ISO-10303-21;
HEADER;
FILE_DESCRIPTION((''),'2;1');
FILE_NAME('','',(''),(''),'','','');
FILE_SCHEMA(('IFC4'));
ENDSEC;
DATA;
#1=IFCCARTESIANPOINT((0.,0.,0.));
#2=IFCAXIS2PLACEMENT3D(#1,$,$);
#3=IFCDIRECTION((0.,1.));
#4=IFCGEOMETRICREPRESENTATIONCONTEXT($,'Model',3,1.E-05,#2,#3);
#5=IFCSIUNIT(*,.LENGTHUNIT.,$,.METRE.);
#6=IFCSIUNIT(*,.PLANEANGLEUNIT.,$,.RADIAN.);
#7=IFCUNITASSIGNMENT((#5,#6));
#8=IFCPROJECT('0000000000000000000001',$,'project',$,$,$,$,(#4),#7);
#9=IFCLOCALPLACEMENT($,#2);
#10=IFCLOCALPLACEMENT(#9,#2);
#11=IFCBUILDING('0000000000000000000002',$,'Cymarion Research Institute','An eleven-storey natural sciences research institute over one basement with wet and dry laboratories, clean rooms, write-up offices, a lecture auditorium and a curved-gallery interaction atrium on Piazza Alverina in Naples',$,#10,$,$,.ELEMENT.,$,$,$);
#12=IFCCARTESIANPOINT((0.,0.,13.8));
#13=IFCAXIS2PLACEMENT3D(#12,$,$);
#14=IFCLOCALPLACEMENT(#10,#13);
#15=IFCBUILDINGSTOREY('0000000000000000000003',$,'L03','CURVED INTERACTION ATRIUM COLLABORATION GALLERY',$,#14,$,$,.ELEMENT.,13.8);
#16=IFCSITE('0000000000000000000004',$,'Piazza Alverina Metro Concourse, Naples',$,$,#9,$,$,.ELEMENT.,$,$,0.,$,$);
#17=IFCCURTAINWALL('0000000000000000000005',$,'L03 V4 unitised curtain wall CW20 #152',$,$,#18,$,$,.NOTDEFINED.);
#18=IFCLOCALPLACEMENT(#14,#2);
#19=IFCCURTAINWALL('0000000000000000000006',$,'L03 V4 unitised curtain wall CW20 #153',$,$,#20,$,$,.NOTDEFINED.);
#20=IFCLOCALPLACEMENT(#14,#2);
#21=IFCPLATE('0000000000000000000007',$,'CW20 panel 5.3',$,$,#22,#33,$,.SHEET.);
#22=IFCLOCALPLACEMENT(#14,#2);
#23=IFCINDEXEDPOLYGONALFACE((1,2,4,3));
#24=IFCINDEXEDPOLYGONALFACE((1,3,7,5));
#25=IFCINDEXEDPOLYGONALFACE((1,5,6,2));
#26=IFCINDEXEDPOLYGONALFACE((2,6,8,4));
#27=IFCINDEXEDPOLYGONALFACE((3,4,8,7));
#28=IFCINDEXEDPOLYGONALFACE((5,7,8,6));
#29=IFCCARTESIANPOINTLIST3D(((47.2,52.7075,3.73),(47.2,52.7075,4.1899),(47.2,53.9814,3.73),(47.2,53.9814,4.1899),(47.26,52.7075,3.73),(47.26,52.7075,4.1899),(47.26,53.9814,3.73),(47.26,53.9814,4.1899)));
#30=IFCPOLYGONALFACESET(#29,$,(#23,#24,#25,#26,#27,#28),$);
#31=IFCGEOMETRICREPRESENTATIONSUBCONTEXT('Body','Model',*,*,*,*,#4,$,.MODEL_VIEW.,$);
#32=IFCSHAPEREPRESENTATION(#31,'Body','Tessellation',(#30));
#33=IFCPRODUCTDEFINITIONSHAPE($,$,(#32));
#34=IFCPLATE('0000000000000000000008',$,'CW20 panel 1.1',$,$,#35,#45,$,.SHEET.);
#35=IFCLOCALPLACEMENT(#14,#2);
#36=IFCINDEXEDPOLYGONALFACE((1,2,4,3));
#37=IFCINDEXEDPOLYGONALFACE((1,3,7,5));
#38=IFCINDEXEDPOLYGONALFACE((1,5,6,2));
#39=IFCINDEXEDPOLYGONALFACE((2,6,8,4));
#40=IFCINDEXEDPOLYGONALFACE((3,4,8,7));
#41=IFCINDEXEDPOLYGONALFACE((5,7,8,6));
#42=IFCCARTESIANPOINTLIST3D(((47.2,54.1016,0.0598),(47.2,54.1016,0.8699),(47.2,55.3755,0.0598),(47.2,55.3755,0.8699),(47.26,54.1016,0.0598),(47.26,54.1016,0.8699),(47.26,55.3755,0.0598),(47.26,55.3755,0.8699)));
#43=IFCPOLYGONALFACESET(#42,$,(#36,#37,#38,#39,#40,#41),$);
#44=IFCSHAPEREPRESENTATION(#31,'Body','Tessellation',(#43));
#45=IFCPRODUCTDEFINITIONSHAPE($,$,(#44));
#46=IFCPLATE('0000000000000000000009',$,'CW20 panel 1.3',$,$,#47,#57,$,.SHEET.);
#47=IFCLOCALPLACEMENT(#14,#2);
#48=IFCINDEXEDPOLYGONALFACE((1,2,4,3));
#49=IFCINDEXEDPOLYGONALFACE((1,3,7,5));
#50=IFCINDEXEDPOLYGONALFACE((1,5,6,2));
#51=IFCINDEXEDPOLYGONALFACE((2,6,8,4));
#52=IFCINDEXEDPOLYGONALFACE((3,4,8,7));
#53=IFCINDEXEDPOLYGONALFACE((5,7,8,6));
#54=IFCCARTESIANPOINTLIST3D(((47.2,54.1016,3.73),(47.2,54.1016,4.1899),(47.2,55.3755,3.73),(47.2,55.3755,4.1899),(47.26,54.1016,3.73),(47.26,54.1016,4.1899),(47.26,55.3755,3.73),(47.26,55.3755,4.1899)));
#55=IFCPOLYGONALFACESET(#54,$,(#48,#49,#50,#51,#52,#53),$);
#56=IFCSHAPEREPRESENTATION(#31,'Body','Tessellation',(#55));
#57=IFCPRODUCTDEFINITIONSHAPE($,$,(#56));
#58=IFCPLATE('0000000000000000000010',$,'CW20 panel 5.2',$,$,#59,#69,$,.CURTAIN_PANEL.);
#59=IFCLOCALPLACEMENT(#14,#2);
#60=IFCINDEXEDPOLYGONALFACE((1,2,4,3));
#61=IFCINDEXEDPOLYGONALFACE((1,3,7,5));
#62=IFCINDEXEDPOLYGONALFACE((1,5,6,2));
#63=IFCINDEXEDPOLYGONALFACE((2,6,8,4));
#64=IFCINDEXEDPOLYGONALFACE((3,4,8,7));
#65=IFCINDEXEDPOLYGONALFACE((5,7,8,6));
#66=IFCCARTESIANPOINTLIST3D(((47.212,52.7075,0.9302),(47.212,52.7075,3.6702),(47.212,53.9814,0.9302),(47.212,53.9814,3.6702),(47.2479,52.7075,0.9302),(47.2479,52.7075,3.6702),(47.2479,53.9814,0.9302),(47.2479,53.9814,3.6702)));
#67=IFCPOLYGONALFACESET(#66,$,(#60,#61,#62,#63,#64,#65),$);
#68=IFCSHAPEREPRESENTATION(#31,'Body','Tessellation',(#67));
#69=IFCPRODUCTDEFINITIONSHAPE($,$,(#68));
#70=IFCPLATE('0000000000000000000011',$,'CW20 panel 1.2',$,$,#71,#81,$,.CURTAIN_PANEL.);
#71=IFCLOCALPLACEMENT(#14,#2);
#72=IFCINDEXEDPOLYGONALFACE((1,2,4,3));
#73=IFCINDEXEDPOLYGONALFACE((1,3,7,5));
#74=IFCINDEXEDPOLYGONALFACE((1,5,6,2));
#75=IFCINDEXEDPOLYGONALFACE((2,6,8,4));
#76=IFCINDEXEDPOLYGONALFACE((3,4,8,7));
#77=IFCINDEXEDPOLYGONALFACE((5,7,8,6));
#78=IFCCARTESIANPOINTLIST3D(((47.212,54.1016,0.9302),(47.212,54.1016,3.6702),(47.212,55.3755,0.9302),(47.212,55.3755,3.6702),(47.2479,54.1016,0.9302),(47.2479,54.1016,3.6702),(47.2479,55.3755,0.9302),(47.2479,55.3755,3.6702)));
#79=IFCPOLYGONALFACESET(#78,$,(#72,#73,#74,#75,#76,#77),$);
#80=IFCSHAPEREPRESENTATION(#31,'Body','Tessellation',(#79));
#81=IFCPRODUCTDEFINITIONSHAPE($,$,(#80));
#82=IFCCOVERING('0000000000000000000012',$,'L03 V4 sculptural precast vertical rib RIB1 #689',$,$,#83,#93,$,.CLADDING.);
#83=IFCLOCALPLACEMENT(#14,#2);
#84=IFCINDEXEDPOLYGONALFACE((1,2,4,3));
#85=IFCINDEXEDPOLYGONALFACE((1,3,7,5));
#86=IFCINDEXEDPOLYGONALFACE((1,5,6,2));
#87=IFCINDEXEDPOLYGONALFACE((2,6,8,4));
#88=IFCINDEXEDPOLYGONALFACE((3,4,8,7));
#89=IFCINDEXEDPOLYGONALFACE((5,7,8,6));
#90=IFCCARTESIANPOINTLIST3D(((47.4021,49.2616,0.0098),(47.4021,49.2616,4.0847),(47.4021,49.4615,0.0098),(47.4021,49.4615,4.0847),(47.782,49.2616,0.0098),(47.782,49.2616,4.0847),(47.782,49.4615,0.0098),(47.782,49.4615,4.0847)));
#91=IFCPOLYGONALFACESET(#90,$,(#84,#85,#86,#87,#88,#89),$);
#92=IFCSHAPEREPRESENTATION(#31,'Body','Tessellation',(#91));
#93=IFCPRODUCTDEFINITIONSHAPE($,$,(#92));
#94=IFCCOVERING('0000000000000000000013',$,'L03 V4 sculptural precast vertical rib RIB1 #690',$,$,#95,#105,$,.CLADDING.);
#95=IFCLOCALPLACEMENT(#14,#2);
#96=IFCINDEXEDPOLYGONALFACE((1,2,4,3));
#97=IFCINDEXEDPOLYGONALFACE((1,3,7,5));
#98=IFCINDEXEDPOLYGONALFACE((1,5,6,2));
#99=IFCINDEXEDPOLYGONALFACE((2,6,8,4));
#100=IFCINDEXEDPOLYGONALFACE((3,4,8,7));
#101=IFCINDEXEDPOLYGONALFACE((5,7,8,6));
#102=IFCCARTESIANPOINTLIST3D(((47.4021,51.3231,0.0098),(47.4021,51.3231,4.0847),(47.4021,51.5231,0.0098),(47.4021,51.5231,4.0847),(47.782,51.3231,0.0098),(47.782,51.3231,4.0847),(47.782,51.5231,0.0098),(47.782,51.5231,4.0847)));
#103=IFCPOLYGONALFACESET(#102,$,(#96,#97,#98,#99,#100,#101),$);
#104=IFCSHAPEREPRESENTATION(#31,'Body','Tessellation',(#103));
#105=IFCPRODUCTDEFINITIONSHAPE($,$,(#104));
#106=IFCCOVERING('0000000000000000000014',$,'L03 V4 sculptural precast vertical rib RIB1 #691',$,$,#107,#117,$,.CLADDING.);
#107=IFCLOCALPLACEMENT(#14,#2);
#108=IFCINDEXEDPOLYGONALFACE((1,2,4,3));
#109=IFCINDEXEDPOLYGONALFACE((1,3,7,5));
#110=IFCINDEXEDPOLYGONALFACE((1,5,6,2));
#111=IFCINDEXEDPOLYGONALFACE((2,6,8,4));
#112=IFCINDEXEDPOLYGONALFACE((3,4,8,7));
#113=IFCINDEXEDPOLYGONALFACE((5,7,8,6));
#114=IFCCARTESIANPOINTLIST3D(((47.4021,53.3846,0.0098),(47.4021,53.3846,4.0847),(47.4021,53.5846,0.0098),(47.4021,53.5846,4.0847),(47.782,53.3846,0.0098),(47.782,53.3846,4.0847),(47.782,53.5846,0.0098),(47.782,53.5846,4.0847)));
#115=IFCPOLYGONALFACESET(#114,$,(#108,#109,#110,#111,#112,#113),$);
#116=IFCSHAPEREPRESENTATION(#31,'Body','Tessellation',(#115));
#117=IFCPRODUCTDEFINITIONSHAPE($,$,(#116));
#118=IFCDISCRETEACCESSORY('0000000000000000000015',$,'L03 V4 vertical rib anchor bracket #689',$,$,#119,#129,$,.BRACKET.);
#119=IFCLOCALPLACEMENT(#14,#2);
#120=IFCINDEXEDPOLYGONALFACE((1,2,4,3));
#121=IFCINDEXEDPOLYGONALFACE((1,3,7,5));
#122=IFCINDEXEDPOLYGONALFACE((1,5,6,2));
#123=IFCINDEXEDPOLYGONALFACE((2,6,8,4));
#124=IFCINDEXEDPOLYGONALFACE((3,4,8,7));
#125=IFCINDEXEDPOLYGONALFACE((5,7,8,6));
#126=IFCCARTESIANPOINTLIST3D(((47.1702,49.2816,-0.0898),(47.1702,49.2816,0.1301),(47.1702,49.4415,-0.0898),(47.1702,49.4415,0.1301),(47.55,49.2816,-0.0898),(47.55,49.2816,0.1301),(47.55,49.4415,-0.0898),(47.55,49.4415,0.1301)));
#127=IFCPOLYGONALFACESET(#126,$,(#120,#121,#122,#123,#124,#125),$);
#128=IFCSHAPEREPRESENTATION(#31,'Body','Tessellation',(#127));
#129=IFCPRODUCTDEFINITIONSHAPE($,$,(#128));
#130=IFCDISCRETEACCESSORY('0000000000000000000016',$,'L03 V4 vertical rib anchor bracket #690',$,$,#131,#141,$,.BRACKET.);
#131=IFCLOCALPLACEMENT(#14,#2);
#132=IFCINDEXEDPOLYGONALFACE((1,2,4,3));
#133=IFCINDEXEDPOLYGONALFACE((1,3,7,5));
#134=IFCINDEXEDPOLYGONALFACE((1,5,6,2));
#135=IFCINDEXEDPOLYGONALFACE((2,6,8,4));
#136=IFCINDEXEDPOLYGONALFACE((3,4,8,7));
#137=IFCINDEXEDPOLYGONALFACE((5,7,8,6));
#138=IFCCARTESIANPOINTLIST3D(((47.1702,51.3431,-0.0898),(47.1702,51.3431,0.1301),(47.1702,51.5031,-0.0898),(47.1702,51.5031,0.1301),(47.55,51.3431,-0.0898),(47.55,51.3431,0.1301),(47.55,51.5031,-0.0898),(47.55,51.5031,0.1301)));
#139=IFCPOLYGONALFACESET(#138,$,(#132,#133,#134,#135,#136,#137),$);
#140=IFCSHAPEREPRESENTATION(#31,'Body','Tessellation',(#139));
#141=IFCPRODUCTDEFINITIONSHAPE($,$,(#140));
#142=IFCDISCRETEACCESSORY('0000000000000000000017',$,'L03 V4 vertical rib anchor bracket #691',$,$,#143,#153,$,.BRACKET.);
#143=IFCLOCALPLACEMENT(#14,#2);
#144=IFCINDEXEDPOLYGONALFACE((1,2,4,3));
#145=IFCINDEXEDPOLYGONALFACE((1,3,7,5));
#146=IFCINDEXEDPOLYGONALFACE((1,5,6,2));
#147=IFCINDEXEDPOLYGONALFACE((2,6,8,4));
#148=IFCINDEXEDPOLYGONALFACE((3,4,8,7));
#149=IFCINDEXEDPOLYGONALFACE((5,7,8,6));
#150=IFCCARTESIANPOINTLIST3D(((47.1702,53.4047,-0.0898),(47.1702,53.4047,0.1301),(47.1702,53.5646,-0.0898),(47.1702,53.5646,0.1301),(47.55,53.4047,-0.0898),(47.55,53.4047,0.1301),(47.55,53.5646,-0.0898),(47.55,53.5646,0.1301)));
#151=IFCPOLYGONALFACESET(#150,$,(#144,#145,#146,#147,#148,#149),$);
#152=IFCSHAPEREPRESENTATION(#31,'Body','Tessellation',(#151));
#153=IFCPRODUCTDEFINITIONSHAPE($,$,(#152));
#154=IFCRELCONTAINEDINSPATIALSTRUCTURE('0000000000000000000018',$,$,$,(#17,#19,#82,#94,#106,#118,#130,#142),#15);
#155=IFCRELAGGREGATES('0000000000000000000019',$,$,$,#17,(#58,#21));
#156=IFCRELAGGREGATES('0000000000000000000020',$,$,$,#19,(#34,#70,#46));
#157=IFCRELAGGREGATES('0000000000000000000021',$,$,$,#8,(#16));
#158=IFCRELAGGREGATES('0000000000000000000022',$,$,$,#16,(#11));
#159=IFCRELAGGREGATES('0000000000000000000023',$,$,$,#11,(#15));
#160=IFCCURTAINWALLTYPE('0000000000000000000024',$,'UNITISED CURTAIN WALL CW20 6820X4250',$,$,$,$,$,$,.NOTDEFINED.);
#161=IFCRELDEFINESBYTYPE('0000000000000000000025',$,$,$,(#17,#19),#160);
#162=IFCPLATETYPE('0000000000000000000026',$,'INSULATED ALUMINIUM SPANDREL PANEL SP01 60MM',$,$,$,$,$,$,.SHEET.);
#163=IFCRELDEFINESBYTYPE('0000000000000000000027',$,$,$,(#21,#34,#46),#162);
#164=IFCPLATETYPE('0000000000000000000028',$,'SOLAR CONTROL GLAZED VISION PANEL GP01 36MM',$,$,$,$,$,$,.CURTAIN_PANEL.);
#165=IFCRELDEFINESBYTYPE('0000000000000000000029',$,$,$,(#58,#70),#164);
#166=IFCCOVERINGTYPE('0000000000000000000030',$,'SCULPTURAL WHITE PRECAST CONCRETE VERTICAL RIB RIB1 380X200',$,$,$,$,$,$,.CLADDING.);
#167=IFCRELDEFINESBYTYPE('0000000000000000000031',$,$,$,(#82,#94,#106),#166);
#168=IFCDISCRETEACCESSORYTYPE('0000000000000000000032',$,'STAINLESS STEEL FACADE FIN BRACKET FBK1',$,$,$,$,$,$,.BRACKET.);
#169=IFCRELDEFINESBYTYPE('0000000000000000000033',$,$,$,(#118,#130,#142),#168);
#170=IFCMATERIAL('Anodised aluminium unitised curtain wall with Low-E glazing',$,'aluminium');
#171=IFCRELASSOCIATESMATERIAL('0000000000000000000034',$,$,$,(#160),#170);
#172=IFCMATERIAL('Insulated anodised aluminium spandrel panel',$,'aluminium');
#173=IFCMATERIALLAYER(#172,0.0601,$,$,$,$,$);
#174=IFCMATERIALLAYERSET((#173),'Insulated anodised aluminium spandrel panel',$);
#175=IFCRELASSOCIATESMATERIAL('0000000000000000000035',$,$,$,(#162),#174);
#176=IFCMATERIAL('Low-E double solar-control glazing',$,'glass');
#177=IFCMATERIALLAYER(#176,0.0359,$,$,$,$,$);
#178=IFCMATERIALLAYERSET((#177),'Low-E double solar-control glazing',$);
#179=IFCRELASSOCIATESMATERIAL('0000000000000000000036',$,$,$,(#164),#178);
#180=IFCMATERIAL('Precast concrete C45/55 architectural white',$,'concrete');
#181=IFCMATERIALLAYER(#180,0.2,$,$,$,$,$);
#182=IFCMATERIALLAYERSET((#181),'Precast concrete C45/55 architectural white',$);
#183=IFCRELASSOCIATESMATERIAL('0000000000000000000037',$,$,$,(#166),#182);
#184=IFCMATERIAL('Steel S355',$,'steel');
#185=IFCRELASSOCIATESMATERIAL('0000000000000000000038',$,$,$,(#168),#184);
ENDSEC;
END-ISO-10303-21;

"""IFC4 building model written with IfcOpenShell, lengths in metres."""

from ifc_helpers import new_model, si_unit, direction, frame, origin, origin_2d, place, context, subcontext, project, spatial, rectangle, extrude, material, layer, layer_set, type_object, element, aggregate, save


model = new_model("IFC4")

# Units and contexts
model_context = context("Model", 3, precision=1e-05, world=origin(), true_north=direction((0.0, 1.0)))
body_context = subcontext(model_context, "Body", "Model", "MODEL_VIEW")
ifc_project = project(units=[si_unit("LENGTHUNIT", "METRE"), si_unit("PLANEANGLEUNIT", "RADIAN")], contexts=[model_context])

# Site, building, storey
site_placement = place(None, origin())
site = spatial("IfcSite", under=ifc_project, at=site_placement, Name="Piazza Alverina Metro Concourse, Naples", CompositionType="ELEMENT", RefElevation=0.0)
building_placement = place(site_placement, origin())
building = spatial("IfcBuilding", under=site, at=building_placement, Name="Cymarion Research Institute", Description="An eleven-storey natural sciences research institute over one basement with wet and dry laboratories, clean rooms, write-up offices, a lecture auditorium and a curved-gallery interaction atrium on Piazza Alverina in Naples", CompositionType="ELEMENT")
storey_placement = place(building_placement, frame((0.0, 0.0, 13.8)))
storey = spatial("IfcBuildingStorey", under=building, at=storey_placement, Name="L03", Description="CURVED INTERACTION ATRIUM COLLABORATION GALLERY", CompositionType="ELEMENT", Elevation=13.8)

# Curtain wall
ifc_material_1 = material(Name="Anodised aluminium unitised curtain wall with Low-E glazing", Category="aluminium")
curtain_wall_type = type_object("IfcCurtainWallType", Name="UNITISED CURTAIN WALL CW20 6820X4250", PredefinedType="NOTDEFINED", material=ifc_material_1)
curtain_wall_1_placement = place(storey_placement, origin())
curtain_wall_1 = element("IfcCurtainWall", 1, at=curtain_wall_1_placement, inside=storey, type_object=curtain_wall_type, Name="L03 V4 unitised curtain wall CW20 #152", PredefinedType="NOTDEFINED")

# Curtain wall
curtain_wall_2_placement = place(storey_placement, origin())
curtain_wall_2 = element("IfcCurtainWall", 2, at=curtain_wall_2_placement, inside=storey, type_object=curtain_wall_type, Name="L03 V4 unitised curtain wall CW20 #153", PredefinedType="NOTDEFINED")

# Plates
ifc_material_2 = material(Name="Insulated anodised aluminium spandrel panel", Category="aluminium")
ifc_layer_1 = layer(ifc_material_2, 0.0601)
ifc_layer_set_1 = layer_set([ifc_layer_1], Name="Insulated anodised aluminium spandrel panel")
plate_type_1 = type_object("IfcPlateType", Name="INSULATED ALUMINIUM SPANDREL PANEL SP01 60MM", PredefinedType="SHEET", material=ifc_layer_set_1)
plate_1_placement = place(storey_placement, frame((47.23, 53.3445, 3.73), z_axis=(0.0, 0.0, 1.0), x_axis=(0.0, 1.0, 0.0)))
plate_1 = element("IfcPlate", 3, at=plate_1_placement, type_object=plate_type_1, Name="CW20 panel 5.3", PredefinedType="SHEET", context=body_context, shape_type="SweptSolid", body=[
    extrude(rectangle(XDim=1.2739, YDim=0.0601, at=origin_2d()), origin(), (0.0, 0.0, 1.0), 0.46),
])
plate_2_placement = place(storey_placement, frame((47.23, 54.7385, 0.0598), z_axis=(0.0, 0.0, 1.0), x_axis=(0.0, 1.0, 0.0)))
plate_2 = element("IfcPlate", 4, at=plate_2_placement, type_object=plate_type_1, Name="CW20 panel 1.1", PredefinedType="SHEET", context=body_context, shape_type="SweptSolid", body=[
    extrude(rectangle(XDim=1.2739, YDim=0.0601, at=origin_2d()), origin(), (0.0, 0.0, 1.0), 0.8101),
])
plate_3_placement = place(storey_placement, frame((47.23, 54.7385, 3.73), z_axis=(0.0, 0.0, 1.0), x_axis=(0.0, 1.0, 0.0)))
plate_3 = element("IfcPlate", 5, at=plate_3_placement, type_object=plate_type_1, Name="CW20 panel 1.3", PredefinedType="SHEET", context=body_context, shape_type="SweptSolid", body=[
    extrude(rectangle(XDim=1.2739, YDim=0.0601, at=origin_2d()), origin(), (0.0, 0.0, 1.0), 0.46),
])
ifc_material_3 = material(Name="Low-E double solar-control glazing", Category="glass")
ifc_layer_2 = layer(ifc_material_3, 0.0359)
ifc_layer_set_2 = layer_set([ifc_layer_2], Name="Low-E double solar-control glazing")
plate_type_2 = type_object("IfcPlateType", Name="SOLAR CONTROL GLAZED VISION PANEL GP01 36MM", PredefinedType="CURTAIN_PANEL", material=ifc_layer_set_2)
plate_4_placement = place(storey_placement, frame((47.23, 53.3445, 0.9302), z_axis=(0.0, 0.0, 1.0), x_axis=(0.0, 1.0, 0.0)))
plate_4 = element("IfcPlate", 6, at=plate_4_placement, type_object=plate_type_2, Name="CW20 panel 5.2", PredefinedType="CURTAIN_PANEL", context=body_context, shape_type="SweptSolid", body=[
    extrude(rectangle(XDim=1.2739, YDim=0.0359, at=origin_2d()), origin(), (0.0, 0.0, 1.0), 2.74),
])
aggregate(curtain_wall_1, [plate_4, plate_1])
plate_5_placement = place(storey_placement, frame((47.23, 54.7385, 0.9302), z_axis=(0.0, 0.0, 1.0), x_axis=(0.0, 1.0, 0.0)))
plate_5 = element("IfcPlate", 7, at=plate_5_placement, type_object=plate_type_2, Name="CW20 panel 1.2", PredefinedType="CURTAIN_PANEL", context=body_context, shape_type="SweptSolid", body=[
    extrude(rectangle(XDim=1.2739, YDim=0.0359, at=origin_2d()), origin(), (0.0, 0.0, 1.0), 2.74),
])
aggregate(curtain_wall_2, [plate_2, plate_5, plate_3])

# Coverings
ifc_material_4 = material(Name="Precast concrete C45/55 architectural white", Category="concrete")
ifc_layer_3 = layer(ifc_material_4, 0.2)
ifc_layer_set_3 = layer_set([ifc_layer_3], Name="Precast concrete C45/55 architectural white")
covering_type = type_object("IfcCoveringType", Name="SCULPTURAL WHITE PRECAST CONCRETE VERTICAL RIB RIB1 380X200", PredefinedType="CLADDING", material=ifc_layer_set_3)
for number, where, z_axis, x_axis, name in (
    (8, (47.592, 49.3616, 0.0098), (0.0, 0.0, 1.0), (1.0, 0.0, 0.0), "L03 V4 sculptural precast vertical rib RIB1 #689"),
    (9, (47.592, 51.4231, 0.0098), (0.0, 0.0, 1.0), (1.0, 0.0, 0.0), "L03 V4 sculptural precast vertical rib RIB1 #690"),
    (10, (47.592, 53.4846, 0.0098), (0.0, 0.0, 1.0), (1.0, 0.0, 0.0), "L03 V4 sculptural precast vertical rib RIB1 #691"),
):
    element("IfcCovering", number, at=place(storey_placement, frame(where, z_axis=z_axis, x_axis=x_axis)), inside=storey, type_object=covering_type, Name=name, PredefinedType="CLADDING", context=body_context, shape_type="SweptSolid", body=[
        extrude(rectangle(XDim=0.3799, YDim=0.2, at=origin_2d()), origin(), (0.0, 0.0, 1.0), 4.075),
    ])

# Discrete accessories
ifc_material_5 = material(Name="Steel S355", Category="steel")
discrete_accessory_type = type_object("IfcDiscreteAccessoryType", Name="STAINLESS STEEL FACADE FIN BRACKET FBK1", PredefinedType="BRACKET", material=ifc_material_5)
for number, where, z_axis, x_axis, name in (
    (11, (47.3601, 49.3616, -0.0898), (0.0, 0.0, 1.0), (1.0, 0.0, 0.0), "L03 V4 vertical rib anchor bracket #689"),
    (12, (47.3601, 51.4231, -0.0898), (0.0, 0.0, 1.0), (1.0, 0.0, 0.0), "L03 V4 vertical rib anchor bracket #690"),
    (13, (47.3601, 53.4846, -0.0898), (0.0, 0.0, 1.0), (1.0, 0.0, 0.0), "L03 V4 vertical rib anchor bracket #691"),
):
    element("IfcDiscreteAccessory", number, at=place(storey_placement, frame(where, z_axis=z_axis, x_axis=x_axis)), inside=storey, type_object=discrete_accessory_type, Name=name, PredefinedType="BRACKET", context=body_context, shape_type="SweptSolid", body=[
        extrude(rectangle(XDim=0.3799, YDim=0.1599, at=origin_2d()), origin(), (0.0, 0.0, 1.0), 0.22),
    ])

save(model, "model.ifc")
